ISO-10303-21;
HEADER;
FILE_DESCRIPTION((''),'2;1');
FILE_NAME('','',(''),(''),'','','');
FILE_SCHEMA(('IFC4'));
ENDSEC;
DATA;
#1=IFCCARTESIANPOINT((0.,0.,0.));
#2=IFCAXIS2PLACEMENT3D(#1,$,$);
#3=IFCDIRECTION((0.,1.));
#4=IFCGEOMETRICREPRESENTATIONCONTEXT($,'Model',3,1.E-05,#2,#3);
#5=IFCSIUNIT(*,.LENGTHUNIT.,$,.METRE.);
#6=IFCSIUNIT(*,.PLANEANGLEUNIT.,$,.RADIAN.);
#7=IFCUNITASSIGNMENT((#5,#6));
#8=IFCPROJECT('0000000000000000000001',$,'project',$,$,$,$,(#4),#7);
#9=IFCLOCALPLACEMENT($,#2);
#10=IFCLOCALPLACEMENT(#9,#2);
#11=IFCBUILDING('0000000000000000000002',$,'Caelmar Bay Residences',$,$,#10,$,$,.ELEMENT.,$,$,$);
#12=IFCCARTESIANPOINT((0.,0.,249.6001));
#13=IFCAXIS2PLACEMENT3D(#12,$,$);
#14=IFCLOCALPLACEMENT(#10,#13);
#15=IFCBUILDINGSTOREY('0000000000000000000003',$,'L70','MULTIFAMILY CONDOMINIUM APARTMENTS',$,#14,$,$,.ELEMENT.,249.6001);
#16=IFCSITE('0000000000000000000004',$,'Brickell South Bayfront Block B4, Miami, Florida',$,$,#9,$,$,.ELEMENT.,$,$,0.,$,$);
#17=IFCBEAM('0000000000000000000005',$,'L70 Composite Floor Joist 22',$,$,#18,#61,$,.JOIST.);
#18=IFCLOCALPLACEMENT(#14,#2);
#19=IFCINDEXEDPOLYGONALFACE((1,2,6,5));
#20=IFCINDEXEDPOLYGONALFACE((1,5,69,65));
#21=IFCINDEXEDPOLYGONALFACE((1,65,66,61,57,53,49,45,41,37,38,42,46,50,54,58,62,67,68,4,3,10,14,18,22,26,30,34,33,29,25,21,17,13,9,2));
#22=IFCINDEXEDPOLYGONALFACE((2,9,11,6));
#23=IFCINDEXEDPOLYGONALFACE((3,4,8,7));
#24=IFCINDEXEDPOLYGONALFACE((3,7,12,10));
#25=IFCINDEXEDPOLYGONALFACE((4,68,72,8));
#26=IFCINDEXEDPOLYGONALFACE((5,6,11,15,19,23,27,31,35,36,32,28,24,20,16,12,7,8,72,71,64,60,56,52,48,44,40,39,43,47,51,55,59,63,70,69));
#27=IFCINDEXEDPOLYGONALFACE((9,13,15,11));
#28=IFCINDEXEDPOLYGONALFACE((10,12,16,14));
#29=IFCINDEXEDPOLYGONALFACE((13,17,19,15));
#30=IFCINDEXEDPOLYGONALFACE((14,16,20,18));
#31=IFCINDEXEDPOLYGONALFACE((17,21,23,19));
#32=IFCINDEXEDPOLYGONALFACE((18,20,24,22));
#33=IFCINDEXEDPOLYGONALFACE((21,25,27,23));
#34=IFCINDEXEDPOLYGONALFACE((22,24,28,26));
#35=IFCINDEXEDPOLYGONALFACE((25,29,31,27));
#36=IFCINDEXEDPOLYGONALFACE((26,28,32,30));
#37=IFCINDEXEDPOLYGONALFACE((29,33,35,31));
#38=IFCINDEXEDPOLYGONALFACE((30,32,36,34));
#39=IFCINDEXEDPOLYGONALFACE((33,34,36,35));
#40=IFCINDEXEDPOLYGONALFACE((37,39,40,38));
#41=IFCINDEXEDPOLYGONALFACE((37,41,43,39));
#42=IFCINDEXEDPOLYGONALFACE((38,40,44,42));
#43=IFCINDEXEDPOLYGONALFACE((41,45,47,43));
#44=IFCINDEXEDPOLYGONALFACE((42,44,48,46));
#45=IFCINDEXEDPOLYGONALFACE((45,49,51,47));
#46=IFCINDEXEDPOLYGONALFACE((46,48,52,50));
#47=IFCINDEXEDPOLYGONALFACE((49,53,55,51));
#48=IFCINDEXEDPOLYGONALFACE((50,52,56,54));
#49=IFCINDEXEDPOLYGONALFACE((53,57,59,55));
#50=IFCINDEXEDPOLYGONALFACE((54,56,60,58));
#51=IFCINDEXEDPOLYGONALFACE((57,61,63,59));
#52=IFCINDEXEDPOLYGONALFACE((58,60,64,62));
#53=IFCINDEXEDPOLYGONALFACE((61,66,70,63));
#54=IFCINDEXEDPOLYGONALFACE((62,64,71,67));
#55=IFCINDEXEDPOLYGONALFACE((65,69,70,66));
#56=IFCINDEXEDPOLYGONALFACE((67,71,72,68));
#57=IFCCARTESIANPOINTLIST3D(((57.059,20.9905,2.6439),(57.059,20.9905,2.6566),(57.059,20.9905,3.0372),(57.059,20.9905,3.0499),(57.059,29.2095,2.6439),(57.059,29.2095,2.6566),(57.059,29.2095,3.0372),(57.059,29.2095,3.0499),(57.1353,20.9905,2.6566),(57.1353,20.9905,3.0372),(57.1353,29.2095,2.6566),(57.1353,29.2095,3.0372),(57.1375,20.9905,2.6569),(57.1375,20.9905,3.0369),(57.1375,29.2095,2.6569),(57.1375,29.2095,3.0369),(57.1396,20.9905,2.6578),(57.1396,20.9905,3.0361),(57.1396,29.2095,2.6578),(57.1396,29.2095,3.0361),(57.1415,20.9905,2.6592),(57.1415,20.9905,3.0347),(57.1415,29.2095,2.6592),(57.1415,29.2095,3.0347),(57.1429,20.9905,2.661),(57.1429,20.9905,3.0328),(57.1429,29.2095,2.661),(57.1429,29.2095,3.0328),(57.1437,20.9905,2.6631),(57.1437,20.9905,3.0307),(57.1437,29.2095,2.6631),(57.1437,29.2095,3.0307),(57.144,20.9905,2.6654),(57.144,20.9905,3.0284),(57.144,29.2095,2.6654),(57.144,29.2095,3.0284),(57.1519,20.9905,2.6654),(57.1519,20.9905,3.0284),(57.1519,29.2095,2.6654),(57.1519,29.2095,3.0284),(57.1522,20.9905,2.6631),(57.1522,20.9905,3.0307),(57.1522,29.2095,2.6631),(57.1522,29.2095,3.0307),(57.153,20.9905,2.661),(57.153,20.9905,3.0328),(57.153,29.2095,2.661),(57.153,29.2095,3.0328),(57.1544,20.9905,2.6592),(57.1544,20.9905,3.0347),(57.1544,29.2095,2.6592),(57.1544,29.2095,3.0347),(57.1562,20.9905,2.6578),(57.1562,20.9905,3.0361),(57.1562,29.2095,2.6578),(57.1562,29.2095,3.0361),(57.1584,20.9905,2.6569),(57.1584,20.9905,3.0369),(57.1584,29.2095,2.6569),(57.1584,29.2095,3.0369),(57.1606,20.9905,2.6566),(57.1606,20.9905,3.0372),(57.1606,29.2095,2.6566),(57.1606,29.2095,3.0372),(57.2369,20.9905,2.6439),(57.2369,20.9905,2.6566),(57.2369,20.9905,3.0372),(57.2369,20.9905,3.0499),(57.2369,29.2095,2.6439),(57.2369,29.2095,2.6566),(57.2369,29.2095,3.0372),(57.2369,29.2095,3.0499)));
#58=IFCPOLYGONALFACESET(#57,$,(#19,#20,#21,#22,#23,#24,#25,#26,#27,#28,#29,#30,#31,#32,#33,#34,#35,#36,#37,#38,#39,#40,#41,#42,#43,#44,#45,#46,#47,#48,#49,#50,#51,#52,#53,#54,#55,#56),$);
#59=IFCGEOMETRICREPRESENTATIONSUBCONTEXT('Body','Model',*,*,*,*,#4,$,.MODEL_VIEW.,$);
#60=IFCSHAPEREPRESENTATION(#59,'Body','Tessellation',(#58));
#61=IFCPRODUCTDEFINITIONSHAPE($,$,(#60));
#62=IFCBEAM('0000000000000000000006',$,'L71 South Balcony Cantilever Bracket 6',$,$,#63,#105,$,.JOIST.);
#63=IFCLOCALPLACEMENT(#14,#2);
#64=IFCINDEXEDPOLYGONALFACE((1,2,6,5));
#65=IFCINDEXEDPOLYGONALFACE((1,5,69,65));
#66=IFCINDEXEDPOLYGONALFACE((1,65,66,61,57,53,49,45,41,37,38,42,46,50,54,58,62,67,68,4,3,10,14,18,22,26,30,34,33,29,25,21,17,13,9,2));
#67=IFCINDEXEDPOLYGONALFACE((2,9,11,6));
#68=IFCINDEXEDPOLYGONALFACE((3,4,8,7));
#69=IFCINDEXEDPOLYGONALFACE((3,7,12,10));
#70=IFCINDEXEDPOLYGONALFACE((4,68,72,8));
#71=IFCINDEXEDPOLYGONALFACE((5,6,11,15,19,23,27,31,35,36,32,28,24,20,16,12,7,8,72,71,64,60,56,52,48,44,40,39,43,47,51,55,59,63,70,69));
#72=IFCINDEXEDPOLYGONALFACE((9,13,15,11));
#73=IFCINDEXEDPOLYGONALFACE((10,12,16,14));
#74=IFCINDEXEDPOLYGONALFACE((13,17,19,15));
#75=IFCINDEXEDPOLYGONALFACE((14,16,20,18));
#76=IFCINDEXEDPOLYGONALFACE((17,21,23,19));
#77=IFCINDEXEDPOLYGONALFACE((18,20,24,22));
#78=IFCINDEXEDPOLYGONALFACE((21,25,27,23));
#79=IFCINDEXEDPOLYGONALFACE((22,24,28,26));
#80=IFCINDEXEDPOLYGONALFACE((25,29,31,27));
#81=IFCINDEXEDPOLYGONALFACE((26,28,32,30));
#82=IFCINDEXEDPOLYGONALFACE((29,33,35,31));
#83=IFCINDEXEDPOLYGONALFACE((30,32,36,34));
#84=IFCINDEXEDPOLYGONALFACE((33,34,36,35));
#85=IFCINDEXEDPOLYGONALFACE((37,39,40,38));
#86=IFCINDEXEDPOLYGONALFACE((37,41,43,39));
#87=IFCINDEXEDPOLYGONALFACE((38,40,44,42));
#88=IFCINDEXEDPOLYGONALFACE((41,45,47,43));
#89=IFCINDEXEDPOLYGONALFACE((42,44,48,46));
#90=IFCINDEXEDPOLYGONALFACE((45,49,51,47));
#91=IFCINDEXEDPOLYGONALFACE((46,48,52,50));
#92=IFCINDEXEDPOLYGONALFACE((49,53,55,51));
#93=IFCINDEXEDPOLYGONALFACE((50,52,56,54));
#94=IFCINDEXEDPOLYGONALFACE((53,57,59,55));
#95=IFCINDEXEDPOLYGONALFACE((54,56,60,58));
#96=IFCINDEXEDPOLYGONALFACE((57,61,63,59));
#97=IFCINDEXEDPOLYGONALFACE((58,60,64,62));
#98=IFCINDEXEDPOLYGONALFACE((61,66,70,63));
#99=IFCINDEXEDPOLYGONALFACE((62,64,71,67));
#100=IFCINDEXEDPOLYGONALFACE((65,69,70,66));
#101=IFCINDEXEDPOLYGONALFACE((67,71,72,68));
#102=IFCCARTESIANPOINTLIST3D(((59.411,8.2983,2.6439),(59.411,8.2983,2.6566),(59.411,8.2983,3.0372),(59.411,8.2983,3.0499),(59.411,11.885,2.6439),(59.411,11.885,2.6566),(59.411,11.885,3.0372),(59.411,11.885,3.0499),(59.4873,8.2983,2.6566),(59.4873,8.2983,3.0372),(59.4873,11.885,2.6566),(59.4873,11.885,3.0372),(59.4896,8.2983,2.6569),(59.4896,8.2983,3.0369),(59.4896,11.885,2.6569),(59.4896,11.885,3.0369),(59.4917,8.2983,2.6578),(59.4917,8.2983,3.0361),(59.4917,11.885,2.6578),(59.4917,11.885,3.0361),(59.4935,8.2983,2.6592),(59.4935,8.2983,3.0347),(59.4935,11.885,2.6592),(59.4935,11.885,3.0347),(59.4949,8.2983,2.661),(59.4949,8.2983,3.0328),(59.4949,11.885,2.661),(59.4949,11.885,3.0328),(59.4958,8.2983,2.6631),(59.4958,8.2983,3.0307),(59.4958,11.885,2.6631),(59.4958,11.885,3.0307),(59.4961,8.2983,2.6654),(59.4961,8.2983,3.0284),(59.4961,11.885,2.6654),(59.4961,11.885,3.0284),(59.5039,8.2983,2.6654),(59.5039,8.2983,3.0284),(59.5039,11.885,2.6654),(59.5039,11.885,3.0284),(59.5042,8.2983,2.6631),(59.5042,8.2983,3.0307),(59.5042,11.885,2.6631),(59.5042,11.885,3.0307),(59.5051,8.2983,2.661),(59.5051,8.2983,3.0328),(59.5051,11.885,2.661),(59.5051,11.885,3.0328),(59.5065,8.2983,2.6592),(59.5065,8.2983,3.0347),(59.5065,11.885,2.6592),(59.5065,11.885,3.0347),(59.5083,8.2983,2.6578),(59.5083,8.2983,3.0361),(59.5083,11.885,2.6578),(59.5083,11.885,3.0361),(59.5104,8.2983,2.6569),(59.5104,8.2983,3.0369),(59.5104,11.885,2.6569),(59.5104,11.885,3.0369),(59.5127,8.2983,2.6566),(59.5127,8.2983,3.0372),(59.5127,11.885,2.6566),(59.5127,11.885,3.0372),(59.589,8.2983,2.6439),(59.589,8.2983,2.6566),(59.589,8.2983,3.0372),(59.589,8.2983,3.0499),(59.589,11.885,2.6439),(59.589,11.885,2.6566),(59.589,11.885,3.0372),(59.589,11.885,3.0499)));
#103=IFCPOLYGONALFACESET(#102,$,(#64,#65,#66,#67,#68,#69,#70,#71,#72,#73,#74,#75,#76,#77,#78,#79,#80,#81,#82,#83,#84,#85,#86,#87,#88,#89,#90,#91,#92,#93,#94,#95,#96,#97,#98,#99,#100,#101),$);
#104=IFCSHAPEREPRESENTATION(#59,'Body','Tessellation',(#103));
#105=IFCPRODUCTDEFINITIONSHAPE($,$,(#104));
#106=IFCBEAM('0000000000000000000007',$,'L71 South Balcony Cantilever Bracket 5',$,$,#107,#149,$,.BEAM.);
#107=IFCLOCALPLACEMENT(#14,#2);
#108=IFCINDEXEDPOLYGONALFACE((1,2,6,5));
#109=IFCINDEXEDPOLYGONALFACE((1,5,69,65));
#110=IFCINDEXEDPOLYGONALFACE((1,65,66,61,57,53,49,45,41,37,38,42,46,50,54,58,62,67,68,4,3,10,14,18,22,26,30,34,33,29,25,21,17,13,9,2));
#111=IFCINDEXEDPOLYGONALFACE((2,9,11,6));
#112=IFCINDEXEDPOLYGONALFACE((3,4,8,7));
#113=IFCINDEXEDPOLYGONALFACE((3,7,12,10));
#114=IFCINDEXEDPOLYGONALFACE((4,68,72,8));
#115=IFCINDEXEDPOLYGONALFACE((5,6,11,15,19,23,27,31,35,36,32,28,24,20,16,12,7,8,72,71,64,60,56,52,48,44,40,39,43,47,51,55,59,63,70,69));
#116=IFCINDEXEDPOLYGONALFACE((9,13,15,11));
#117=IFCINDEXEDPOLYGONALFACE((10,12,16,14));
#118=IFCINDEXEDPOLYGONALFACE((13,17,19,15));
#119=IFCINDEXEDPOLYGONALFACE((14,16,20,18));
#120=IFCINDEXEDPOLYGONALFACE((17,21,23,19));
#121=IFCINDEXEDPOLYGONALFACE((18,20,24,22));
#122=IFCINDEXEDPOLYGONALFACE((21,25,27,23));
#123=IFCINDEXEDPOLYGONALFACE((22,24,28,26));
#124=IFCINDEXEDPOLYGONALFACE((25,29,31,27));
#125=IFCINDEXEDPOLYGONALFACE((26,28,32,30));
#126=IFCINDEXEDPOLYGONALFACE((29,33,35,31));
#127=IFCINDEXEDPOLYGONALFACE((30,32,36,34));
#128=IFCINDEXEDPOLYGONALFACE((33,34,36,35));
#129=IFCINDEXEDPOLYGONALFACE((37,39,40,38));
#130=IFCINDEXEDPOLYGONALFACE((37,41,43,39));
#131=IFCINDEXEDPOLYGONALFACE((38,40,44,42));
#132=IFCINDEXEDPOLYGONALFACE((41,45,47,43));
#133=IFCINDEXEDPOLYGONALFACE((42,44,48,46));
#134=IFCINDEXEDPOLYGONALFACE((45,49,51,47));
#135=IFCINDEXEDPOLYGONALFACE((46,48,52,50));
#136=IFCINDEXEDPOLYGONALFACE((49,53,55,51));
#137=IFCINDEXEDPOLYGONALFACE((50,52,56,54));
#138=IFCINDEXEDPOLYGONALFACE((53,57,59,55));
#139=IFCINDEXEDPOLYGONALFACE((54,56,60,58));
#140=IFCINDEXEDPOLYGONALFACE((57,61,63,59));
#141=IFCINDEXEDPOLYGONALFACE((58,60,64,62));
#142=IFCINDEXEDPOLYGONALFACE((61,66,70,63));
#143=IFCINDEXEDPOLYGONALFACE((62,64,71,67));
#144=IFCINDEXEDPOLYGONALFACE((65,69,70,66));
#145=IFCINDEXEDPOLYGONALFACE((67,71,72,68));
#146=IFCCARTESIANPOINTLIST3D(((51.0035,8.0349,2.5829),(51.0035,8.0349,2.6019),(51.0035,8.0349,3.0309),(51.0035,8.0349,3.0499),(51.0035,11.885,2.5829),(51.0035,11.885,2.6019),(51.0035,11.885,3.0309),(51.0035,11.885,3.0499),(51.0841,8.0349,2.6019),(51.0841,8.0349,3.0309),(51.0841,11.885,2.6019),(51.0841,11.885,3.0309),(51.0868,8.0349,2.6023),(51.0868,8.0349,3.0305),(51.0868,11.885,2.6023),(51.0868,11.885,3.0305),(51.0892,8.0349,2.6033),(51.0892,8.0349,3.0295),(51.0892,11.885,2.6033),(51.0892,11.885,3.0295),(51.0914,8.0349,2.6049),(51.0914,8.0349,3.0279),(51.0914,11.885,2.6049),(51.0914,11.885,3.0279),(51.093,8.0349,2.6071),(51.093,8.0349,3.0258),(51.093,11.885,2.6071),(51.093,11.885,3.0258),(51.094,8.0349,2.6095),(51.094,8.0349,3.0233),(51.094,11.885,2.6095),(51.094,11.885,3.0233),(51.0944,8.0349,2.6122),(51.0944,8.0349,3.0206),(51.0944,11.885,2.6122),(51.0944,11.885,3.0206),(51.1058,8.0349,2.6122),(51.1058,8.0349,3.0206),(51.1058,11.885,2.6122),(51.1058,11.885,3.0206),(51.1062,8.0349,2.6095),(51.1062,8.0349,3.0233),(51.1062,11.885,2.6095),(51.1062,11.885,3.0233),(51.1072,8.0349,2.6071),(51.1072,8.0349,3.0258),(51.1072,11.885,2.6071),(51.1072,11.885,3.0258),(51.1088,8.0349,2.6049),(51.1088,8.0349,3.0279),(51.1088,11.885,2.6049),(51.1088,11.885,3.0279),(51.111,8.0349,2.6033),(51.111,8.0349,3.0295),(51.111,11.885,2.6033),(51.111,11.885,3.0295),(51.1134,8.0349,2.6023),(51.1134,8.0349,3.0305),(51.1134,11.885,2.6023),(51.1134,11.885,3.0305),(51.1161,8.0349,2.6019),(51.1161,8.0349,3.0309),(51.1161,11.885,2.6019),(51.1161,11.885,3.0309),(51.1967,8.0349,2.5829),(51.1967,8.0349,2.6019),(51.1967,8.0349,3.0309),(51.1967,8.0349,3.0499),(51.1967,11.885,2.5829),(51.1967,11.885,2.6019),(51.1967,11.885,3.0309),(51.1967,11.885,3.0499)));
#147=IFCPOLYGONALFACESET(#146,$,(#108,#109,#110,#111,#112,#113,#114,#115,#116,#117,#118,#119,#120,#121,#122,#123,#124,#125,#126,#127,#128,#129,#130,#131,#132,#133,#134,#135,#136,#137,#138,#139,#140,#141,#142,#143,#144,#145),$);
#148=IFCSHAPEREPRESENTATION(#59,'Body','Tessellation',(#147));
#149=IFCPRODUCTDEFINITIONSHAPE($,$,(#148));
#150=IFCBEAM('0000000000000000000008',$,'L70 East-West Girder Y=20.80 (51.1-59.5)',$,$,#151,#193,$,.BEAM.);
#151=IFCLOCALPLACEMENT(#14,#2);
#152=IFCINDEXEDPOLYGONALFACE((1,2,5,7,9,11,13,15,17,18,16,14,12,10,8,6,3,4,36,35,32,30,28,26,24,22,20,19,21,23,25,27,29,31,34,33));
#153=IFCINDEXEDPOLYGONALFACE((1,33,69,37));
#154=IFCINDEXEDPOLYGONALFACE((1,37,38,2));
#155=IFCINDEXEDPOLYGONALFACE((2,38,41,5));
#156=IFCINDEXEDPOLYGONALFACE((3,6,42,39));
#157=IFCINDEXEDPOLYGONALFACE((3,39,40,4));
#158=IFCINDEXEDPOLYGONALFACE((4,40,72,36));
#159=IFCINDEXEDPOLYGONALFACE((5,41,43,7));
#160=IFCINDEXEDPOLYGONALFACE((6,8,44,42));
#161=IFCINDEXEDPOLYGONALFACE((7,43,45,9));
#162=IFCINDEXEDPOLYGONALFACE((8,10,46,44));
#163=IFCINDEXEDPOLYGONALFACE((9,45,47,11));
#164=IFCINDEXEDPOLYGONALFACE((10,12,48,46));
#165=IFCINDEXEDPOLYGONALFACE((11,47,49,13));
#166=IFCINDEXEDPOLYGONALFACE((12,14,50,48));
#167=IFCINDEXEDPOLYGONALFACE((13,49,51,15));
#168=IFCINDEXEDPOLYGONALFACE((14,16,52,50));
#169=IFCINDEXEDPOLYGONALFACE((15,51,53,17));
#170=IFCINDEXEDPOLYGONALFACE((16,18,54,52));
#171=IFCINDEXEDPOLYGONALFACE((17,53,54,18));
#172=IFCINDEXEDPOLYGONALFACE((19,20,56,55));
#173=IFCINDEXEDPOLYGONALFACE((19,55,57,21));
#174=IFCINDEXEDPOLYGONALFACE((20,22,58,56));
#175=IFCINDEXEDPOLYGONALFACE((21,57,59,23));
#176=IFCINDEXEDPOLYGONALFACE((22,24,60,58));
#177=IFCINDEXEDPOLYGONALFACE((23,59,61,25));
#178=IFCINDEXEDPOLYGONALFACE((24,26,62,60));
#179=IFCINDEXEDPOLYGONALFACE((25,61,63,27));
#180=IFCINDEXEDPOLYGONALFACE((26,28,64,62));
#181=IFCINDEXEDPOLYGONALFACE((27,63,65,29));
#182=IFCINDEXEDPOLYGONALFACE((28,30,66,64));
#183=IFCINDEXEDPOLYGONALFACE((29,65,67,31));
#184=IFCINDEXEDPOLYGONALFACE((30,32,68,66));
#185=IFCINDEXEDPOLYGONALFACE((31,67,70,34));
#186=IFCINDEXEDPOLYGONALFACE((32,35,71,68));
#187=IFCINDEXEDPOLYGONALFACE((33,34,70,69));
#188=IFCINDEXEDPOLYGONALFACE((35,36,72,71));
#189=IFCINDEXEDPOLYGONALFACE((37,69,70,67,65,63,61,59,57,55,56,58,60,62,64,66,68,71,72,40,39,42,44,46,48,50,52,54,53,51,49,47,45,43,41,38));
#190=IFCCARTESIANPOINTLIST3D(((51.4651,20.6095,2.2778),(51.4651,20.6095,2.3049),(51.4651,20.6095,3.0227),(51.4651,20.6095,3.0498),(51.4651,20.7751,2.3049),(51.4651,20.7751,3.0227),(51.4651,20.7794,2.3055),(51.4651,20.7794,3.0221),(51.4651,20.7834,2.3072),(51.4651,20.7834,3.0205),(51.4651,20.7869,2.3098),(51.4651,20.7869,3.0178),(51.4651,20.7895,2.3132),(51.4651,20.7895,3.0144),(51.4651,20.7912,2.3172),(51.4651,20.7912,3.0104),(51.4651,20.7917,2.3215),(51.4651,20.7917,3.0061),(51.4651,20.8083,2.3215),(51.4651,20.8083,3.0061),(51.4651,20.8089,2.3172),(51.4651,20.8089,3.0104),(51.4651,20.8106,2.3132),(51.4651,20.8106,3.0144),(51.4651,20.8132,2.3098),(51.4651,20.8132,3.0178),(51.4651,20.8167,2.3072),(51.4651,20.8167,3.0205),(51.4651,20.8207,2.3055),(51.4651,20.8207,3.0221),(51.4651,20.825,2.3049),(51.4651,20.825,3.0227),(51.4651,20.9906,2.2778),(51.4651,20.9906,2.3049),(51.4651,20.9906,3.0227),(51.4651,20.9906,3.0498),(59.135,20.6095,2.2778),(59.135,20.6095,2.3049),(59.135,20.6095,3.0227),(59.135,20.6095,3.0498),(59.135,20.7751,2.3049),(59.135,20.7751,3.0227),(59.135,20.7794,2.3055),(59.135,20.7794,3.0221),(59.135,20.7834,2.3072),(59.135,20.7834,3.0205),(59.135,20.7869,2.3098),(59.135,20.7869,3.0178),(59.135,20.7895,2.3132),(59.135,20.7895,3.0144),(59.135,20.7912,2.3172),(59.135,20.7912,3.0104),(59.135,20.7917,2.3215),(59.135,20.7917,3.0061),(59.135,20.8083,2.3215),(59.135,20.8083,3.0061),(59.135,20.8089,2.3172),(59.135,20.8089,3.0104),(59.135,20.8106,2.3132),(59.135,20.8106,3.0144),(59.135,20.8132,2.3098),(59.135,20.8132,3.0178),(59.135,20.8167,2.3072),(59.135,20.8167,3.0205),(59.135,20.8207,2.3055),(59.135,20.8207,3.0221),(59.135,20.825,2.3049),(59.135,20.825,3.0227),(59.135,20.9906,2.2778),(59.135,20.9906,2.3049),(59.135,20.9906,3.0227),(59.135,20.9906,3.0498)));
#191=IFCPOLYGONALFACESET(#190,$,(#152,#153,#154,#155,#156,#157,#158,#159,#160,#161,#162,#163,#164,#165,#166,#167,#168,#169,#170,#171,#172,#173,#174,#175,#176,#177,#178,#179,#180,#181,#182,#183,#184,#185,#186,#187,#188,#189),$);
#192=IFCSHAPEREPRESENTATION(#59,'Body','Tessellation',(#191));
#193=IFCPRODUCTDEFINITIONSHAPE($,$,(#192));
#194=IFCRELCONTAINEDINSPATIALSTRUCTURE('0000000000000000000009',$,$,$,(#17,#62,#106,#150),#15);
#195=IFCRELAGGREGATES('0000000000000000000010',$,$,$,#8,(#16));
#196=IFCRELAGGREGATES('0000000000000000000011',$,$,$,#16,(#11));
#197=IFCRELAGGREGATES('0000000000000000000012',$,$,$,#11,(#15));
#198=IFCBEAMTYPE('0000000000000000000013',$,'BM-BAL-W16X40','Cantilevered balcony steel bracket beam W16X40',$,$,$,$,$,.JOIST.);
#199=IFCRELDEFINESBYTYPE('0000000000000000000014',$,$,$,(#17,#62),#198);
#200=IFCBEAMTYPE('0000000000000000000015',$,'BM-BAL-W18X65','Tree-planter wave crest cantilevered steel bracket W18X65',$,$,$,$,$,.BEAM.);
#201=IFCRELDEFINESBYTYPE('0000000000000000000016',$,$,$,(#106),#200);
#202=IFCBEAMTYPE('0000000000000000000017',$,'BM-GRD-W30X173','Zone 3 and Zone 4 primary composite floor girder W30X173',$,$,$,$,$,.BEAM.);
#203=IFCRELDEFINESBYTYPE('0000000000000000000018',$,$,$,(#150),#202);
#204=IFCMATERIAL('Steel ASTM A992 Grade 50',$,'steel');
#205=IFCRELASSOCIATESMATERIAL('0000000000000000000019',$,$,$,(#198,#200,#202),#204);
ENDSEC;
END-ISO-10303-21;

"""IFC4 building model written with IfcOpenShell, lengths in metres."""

from ifc_helpers import new_model, si_unit, direction, frame, origin, origin_2d, place, context, subcontext, project, spatial, i_section, extrude, material, material_profile, profile_set, type_object, element, save


model = new_model("IFC4")

# Units and contexts
model_context = context("Model", 3, precision=1e-05, world=origin(), true_north=direction((0.0, 1.0)))
body_context = subcontext(model_context, "Body", "Model", "MODEL_VIEW")
ifc_project = project(units=[si_unit("LENGTHUNIT", "METRE"), si_unit("PLANEANGLEUNIT", "RADIAN")], contexts=[model_context])

# Site, building, storey
site_placement = place(None, origin())
site = spatial("IfcSite", under=ifc_project, at=site_placement, Name="Brickell South Bayfront Block B4, Miami, Florida", CompositionType="ELEMENT", RefElevation=0.0)
building_placement = place(site_placement, origin())
building = spatial("IfcBuilding", under=site, at=building_placement, Name="Caelmar Bay Residences", CompositionType="ELEMENT")
storey_placement = place(building_placement, frame((0.0, 0.0, 249.6001)))
storey = spatial("IfcBuildingStorey", under=building, at=storey_placement, Name="L70", Description="MULTIFAMILY CONDOMINIUM APARTMENTS", CompositionType="ELEMENT", Elevation=249.6001)

# Beams
ifc_material_1 = material(Name="Steel ASTM A992 Grade 50", Category="steel")
ifc_material_profile_1 = material_profile(ifc_material_1, i_section(OverallWidth=0.178, OverallDepth=0.406, WebThickness=0.0078, FlangeThickness=0.0127, FilletRadius=0.0088, at=origin_2d()), Name="W16X40")
ifc_profile_set_1 = profile_set([ifc_material_profile_1], Name="Steel ASTM A992 Grade 50")
beam_type_1 = type_object("IfcBeamType", Name="BM-BAL-W16X40", Description="Cantilevered balcony steel bracket beam W16X40", PredefinedType="JOIST", material=ifc_profile_set_1)
for number, where, z_axis, x_axis, name in (
    (1, (57.1479, 20.9905, 2.8469), (0.0, 1.0, 0.0), (-1.0, 0.0, 0.0), "L70 Composite Floor Joist 22"),
):
    element("IfcBeam", number, at=place(storey_placement, frame(where, z_axis=z_axis, x_axis=x_axis)), inside=storey, type_object=beam_type_1, Name=name, PredefinedType="JOIST", context=body_context, shape_type="SweptSolid", body=[
        extrude(i_section(OverallWidth=0.178, OverallDepth=0.406, WebThickness=0.0078, FlangeThickness=0.0127, FilletRadius=0.0088, at=origin_2d()), origin(), (0.0, 0.0, 1.0), 8.219),
    ])
beam_1_placement = place(storey_placement, frame((59.5, 11.885, 2.8469), z_axis=(0.0, -1.0, 0.0), x_axis=(1.0, 0.0, 0.0)))
element("IfcBeam", 2, at=beam_1_placement, inside=storey, type_object=beam_type_1, Name="L71 South Balcony Cantilever Bracket 6", PredefinedType="JOIST", context=body_context, shape_type="SweptSolid", body=[
    extrude(i_section(OverallWidth=0.178, OverallDepth=0.406, WebThickness=0.0078, FlangeThickness=0.0127, FilletRadius=0.0088, at=origin_2d()), origin(), (0.0, 0.0, 1.0), 3.5867),
])
ifc_material_profile_2 = material_profile(ifc_material_1, i_section(OverallWidth=0.1931, OverallDepth=0.467, WebThickness=0.0115, FlangeThickness=0.019, FilletRadius=0.0103, at=origin_2d()), Name="W18X65")
ifc_profile_set_2 = profile_set([ifc_material_profile_2], Name="Steel ASTM A992 Grade 50")
beam_type_2 = type_object("IfcBeamType", Name="BM-BAL-W18X65", Description="Tree-planter wave crest cantilevered steel bracket W18X65", PredefinedType="BEAM", material=ifc_profile_set_2)
beam_2_placement = place(storey_placement, frame((51.1001, 11.885, 2.8164), z_axis=(0.0, -1.0, 0.0), x_axis=(1.0, 0.0, 0.0)))
element("IfcBeam", 3, at=beam_2_placement, inside=storey, type_object=beam_type_2, Name="L71 South Balcony Cantilever Bracket 5", PredefinedType="BEAM", context=body_context, shape_type="SweptSolid", body=[
    extrude(i_section(OverallWidth=0.1931, OverallDepth=0.467, WebThickness=0.0115, FlangeThickness=0.019, FilletRadius=0.0103, at=origin_2d()), origin(), (0.0, 0.0, 1.0), 3.8501),
])
ifc_material_profile_3 = material_profile(ifc_material_1, i_section(OverallWidth=0.3811, OverallDepth=0.772, WebThickness=0.0166, FlangeThickness=0.0271, FilletRadius=0.0166, at=origin_2d()), Name="W30X173")
ifc_profile_set_3 = profile_set([ifc_material_profile_3], Name="Steel ASTM A992 Grade 50")
beam_type_3 = type_object("IfcBeamType", Name="BM-GRD-W30X173", Description="Zone 3 and Zone 4 primary composite floor girder W30X173", PredefinedType="BEAM", material=ifc_profile_set_3)
for number, where, z_axis, x_axis, name in (
    (4, (51.4651, 20.8, 2.6638), (1.0, 0.0, 0.0), (0.0, 1.0, 0.0), "L70 East-West Girder Y=20.80 (51.1-59.5)"),
):
    element("IfcBeam", number, at=place(storey_placement, frame(where, z_axis=z_axis, x_axis=x_axis)), inside=storey, type_object=beam_type_3, Name=name, PredefinedType="BEAM", context=body_context, shape_type="SweptSolid", body=[
        extrude(i_section(OverallWidth=0.3811, OverallDepth=0.772, WebThickness=0.0166, FlangeThickness=0.0271, FilletRadius=0.0166, at=origin_2d()), origin(), (0.0, 0.0, 1.0), 7.6699),
    ])

save(model, "model.ifc")
